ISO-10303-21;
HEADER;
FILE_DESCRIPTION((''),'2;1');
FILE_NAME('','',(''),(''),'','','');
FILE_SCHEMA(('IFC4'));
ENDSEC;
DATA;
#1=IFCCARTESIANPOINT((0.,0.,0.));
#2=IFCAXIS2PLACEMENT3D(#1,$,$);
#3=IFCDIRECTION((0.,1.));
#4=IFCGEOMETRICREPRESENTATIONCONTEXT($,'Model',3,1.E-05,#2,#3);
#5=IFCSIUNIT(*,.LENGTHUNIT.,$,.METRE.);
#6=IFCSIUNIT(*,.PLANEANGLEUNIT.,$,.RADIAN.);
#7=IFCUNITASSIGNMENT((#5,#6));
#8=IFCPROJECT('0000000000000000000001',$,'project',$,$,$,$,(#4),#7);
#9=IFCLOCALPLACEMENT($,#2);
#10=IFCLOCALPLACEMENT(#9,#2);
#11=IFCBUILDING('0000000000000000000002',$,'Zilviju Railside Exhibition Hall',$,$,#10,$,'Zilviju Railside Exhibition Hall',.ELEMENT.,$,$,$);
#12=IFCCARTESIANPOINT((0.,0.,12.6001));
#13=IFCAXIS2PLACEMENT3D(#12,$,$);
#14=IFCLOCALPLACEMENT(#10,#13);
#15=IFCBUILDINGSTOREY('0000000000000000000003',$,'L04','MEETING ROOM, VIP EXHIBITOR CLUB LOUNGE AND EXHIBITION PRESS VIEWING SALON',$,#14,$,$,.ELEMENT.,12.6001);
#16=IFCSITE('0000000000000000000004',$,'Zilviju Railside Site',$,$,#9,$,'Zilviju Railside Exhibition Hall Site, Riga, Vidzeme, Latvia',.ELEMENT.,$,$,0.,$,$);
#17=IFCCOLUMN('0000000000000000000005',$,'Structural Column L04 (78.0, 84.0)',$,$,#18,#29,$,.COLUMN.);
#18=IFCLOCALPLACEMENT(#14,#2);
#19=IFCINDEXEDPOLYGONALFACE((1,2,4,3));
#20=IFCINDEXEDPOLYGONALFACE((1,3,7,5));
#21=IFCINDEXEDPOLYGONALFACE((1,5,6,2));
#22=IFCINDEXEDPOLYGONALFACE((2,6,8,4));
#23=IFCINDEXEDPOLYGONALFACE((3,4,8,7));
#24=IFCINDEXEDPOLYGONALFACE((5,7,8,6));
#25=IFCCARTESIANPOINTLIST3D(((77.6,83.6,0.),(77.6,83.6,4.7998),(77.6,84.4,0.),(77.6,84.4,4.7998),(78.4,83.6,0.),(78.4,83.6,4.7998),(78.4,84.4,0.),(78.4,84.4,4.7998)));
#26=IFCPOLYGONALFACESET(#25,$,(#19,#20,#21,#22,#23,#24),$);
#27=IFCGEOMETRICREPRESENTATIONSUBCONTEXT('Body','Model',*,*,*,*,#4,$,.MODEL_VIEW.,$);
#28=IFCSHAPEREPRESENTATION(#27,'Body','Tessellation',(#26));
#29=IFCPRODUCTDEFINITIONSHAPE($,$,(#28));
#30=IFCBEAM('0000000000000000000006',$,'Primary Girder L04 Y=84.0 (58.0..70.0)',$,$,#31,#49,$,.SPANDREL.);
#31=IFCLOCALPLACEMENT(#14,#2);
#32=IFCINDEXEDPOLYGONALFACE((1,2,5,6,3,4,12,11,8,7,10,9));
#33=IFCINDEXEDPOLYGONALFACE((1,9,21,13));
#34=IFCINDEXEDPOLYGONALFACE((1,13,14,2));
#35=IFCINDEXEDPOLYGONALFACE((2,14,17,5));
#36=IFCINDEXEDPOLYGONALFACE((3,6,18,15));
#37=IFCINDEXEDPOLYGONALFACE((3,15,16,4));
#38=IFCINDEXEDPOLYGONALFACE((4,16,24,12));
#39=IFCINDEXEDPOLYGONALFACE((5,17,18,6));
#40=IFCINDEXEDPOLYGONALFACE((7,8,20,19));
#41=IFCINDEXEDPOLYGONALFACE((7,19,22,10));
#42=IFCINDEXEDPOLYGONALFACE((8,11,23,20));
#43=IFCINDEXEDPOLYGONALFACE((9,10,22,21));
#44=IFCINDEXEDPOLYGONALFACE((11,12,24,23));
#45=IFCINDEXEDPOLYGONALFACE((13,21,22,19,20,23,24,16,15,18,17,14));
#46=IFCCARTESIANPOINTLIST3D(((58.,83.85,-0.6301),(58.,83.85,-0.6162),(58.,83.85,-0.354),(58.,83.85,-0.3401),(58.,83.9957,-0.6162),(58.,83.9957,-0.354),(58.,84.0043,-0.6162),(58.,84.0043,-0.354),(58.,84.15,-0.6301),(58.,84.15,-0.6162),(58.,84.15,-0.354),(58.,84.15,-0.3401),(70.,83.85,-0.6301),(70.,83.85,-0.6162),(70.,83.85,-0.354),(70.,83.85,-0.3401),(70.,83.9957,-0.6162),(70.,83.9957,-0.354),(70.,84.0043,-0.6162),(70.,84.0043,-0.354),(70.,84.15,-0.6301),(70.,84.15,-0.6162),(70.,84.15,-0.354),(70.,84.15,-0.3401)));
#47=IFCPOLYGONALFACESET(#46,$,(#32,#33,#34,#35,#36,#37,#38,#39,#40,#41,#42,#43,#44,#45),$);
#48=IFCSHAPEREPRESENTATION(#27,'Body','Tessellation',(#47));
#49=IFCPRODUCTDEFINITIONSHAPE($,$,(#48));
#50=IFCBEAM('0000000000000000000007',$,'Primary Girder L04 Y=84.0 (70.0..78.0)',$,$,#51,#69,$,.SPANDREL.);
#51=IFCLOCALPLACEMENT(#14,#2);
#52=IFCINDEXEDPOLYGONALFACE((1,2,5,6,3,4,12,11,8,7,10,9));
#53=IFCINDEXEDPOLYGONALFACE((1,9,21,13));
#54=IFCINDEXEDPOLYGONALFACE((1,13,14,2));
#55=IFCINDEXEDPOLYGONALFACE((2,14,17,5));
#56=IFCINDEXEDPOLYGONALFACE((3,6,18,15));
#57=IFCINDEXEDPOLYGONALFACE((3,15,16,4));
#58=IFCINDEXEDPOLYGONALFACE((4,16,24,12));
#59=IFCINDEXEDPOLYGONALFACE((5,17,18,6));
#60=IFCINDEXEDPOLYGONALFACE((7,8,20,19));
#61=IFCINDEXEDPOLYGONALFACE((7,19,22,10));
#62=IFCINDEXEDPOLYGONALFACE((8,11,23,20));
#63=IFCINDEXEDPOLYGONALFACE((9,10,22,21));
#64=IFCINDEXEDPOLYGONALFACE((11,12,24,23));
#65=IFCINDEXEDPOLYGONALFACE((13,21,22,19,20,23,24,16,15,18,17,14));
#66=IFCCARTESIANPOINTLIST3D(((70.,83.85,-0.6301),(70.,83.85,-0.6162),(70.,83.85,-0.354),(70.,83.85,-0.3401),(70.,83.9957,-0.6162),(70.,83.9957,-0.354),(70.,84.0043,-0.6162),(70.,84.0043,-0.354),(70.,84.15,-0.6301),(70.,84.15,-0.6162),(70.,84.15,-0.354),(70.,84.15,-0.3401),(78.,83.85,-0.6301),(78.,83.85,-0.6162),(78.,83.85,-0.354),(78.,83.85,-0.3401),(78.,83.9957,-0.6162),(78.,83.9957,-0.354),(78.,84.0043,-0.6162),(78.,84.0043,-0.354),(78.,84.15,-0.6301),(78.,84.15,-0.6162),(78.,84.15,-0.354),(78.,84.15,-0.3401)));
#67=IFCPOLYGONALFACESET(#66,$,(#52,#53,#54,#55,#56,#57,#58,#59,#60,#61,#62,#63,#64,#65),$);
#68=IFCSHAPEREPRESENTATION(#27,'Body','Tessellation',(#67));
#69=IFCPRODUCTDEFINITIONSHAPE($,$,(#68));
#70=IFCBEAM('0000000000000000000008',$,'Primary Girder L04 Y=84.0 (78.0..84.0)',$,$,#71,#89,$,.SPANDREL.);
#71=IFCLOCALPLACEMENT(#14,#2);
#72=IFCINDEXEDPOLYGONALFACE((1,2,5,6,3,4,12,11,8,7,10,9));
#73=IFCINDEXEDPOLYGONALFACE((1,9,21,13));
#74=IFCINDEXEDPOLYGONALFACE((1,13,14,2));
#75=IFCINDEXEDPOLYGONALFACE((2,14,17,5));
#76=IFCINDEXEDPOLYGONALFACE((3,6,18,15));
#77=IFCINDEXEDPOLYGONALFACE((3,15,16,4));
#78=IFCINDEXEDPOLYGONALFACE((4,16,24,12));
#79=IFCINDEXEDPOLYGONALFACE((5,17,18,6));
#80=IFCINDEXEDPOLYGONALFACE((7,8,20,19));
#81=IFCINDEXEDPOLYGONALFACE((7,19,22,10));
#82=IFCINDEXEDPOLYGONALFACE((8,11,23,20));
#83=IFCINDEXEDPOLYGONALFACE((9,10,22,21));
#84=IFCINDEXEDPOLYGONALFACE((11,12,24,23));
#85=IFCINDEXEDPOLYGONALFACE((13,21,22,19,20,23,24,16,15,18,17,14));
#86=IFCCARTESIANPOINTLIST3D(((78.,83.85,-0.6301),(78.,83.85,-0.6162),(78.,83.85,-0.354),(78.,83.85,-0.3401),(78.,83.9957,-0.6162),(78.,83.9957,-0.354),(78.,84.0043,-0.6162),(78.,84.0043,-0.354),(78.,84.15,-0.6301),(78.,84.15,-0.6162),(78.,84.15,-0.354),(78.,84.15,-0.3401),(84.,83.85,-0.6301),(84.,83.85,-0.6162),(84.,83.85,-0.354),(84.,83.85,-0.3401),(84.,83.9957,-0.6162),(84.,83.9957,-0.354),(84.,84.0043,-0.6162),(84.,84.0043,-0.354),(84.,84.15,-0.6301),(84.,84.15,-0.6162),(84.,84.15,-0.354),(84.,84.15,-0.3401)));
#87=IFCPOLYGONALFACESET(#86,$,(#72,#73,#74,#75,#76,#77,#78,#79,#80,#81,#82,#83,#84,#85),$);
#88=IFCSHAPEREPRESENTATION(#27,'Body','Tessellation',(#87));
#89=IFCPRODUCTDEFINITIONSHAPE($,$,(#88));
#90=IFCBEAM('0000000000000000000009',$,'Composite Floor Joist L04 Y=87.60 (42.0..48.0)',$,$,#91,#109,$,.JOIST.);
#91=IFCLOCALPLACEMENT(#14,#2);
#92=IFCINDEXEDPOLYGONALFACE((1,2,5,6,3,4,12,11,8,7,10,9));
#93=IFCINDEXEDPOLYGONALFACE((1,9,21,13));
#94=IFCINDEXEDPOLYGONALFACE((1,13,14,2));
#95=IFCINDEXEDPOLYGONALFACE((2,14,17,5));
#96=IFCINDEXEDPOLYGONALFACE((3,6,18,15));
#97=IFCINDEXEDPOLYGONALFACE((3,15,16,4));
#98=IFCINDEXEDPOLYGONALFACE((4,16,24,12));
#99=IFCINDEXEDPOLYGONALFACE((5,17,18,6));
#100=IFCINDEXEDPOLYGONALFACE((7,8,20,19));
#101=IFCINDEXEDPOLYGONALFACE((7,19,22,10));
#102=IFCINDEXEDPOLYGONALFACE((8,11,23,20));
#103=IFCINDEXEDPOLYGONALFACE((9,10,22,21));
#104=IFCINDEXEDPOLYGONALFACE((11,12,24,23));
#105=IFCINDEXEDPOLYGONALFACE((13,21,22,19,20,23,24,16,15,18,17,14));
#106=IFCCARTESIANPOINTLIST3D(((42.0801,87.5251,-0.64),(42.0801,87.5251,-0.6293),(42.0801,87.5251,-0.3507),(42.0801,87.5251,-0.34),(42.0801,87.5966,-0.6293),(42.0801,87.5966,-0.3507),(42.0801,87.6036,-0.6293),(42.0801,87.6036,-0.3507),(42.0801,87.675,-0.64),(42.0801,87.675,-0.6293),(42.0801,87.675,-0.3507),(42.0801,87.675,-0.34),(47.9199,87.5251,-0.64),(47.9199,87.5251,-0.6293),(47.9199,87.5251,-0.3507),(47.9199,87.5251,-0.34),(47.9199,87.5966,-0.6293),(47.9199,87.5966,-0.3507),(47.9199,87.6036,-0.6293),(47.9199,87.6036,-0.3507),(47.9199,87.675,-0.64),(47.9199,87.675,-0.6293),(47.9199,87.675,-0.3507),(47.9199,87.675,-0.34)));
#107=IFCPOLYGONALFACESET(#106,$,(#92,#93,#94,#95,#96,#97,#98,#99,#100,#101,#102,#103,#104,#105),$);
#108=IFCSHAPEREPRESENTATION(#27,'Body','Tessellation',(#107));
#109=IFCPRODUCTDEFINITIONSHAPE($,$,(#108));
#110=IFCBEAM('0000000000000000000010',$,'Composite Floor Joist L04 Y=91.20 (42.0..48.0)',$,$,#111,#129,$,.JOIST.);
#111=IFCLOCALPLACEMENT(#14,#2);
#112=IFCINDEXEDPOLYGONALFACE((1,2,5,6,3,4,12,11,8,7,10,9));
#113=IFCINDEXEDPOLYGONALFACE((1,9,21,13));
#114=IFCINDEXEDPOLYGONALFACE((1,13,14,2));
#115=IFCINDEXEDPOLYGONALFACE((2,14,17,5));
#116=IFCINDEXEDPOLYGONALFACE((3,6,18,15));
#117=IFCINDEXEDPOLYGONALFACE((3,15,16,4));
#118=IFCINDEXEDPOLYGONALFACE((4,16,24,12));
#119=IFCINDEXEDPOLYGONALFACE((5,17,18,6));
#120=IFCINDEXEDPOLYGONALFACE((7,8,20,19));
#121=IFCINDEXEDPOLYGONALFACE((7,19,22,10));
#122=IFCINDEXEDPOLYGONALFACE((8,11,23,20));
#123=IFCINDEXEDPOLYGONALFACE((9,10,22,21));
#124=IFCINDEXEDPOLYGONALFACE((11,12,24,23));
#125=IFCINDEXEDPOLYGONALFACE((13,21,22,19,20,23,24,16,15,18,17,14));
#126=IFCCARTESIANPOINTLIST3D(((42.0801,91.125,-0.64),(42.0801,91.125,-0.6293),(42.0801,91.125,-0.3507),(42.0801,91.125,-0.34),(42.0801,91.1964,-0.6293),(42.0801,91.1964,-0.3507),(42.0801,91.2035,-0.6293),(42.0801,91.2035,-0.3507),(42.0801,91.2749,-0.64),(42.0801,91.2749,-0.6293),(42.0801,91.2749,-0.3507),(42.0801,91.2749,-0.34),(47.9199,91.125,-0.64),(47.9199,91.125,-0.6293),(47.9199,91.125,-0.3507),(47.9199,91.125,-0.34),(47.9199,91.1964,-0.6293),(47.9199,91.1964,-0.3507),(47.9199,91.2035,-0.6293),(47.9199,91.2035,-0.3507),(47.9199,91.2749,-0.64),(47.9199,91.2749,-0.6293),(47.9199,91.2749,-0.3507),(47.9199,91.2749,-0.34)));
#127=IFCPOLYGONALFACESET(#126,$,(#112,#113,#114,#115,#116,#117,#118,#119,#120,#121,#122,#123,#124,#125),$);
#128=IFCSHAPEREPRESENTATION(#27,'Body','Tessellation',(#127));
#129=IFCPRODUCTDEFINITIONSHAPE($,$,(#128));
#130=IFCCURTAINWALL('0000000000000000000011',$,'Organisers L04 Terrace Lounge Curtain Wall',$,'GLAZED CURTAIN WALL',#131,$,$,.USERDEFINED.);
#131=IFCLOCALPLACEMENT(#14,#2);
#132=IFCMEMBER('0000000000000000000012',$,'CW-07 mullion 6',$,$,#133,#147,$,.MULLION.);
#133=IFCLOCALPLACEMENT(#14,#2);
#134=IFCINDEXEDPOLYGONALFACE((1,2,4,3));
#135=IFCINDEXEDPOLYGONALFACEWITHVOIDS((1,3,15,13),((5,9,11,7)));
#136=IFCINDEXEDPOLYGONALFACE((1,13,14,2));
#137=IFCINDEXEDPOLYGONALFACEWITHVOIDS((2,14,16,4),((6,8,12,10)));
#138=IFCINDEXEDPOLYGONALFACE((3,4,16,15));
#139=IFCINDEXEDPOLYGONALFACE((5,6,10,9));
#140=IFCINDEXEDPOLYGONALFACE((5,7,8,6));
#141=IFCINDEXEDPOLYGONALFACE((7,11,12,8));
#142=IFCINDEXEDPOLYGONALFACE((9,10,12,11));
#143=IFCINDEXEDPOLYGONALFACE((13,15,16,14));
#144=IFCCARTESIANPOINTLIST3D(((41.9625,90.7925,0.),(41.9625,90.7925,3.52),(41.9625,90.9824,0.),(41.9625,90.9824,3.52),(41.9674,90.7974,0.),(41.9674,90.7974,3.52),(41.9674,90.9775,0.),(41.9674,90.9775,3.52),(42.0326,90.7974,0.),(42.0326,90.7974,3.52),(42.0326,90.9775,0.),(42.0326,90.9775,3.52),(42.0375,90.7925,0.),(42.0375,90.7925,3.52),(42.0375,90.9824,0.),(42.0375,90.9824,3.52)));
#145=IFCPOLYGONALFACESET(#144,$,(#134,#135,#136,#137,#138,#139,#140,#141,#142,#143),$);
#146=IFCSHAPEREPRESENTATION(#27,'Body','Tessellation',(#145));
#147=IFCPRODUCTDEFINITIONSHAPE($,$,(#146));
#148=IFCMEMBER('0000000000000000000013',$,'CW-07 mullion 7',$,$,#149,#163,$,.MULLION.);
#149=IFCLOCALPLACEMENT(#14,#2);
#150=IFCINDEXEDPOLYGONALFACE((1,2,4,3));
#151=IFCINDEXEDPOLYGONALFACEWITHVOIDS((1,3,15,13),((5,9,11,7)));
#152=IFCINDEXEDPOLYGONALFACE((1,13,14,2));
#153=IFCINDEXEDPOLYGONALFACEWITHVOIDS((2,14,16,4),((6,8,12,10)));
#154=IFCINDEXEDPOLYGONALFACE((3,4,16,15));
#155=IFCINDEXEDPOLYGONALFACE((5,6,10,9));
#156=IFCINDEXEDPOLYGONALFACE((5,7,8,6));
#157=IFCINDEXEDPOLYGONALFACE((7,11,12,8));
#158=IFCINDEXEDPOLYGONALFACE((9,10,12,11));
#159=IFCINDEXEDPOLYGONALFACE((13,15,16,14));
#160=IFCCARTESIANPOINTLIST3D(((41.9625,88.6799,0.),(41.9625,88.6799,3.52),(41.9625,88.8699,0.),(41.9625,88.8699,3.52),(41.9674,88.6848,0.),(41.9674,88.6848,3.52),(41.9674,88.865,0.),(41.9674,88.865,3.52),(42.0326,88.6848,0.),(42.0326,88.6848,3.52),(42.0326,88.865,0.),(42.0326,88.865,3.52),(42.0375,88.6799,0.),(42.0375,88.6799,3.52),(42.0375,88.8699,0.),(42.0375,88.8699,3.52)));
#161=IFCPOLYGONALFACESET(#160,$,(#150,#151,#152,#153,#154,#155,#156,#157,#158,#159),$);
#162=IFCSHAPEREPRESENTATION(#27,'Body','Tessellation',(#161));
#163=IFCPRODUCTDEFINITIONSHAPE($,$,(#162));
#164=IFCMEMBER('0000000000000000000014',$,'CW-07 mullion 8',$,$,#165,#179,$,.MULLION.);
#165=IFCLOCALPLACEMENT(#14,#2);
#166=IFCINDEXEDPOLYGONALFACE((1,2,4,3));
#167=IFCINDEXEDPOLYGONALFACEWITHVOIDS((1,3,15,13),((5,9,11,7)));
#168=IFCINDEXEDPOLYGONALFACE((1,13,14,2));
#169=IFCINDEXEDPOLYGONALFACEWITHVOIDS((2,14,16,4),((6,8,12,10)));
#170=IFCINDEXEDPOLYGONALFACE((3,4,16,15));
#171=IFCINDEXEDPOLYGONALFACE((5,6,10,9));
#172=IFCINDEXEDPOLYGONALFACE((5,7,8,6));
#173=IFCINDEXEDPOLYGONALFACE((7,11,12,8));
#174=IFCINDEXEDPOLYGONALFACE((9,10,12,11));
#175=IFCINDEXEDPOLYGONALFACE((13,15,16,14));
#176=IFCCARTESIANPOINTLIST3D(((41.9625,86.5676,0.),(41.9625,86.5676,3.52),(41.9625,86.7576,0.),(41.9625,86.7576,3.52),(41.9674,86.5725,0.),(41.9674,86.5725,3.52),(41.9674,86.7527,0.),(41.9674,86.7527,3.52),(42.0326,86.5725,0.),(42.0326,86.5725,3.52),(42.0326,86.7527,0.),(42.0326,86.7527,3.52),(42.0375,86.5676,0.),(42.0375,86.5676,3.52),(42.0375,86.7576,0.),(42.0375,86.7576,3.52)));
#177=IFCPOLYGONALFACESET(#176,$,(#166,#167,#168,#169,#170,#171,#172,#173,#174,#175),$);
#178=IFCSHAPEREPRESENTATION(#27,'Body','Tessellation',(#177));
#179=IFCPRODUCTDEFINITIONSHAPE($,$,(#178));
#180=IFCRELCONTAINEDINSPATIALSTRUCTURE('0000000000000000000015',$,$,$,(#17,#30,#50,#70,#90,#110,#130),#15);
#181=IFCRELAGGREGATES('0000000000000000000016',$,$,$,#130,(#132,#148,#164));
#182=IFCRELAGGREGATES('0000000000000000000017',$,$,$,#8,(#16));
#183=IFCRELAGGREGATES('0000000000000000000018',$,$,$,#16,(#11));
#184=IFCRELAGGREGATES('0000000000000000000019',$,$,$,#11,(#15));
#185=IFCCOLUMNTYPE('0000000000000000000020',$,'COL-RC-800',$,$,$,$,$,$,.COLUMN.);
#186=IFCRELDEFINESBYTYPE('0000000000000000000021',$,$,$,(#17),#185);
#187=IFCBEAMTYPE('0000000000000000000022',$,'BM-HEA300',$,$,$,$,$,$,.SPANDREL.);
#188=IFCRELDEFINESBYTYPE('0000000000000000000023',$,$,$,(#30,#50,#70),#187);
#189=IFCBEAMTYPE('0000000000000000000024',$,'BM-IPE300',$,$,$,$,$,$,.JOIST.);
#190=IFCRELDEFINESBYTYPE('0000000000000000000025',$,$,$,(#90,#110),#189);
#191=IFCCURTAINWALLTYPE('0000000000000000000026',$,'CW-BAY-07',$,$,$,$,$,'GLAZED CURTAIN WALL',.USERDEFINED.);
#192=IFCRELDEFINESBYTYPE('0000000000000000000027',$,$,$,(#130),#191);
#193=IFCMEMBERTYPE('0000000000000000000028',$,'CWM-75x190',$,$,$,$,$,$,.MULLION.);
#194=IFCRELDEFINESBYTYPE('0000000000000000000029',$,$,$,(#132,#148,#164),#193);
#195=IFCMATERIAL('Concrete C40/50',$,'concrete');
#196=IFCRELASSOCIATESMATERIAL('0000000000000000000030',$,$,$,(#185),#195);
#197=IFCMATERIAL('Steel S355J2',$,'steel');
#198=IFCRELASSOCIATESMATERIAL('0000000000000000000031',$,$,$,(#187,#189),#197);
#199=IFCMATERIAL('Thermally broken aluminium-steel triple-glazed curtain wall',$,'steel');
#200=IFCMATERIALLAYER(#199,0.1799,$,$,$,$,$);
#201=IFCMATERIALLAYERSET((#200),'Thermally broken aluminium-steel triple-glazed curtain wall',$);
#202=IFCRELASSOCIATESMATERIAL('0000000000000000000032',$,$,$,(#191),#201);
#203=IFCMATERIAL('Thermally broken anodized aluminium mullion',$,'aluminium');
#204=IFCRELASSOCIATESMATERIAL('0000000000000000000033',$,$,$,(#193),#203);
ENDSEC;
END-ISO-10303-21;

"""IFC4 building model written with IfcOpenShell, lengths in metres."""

from ifc_helpers import new_model, si_unit, direction, frame, origin, origin_2d, place, context, subcontext, project, spatial, rectangle, hollow_rectangle, i_section, extrude, material, layer, layer_set, material_profile, profile_set, type_object, element, aggregate, save


model = new_model("IFC4")

# Units and contexts
model_context = context("Model", 3, precision=1e-05, world=origin(), true_north=direction((0.0, 1.0)))
body_context = subcontext(model_context, "Body", "Model", "MODEL_VIEW")
ifc_project = project(units=[si_unit("LENGTHUNIT", "METRE"), si_unit("PLANEANGLEUNIT", "RADIAN")], contexts=[model_context])

# Site, building, storey
site_placement = place(None, origin())
site = spatial("IfcSite", under=ifc_project, at=site_placement, Name="Zilviju Railside Site", LongName="Zilviju Railside Exhibition Hall Site, Riga, Vidzeme, Latvia", CompositionType="ELEMENT", RefElevation=0.0)
building_placement = place(site_placement, origin())
building = spatial("IfcBuilding", under=site, at=building_placement, Name="Zilviju Railside Exhibition Hall", LongName="Zilviju Railside Exhibition Hall", CompositionType="ELEMENT")
storey_placement = place(building_placement, frame((0.0, 0.0, 12.6001)))
storey = spatial("IfcBuildingStorey", under=building, at=storey_placement, Name="L04", Description="MEETING ROOM, VIP EXHIBITOR CLUB LOUNGE AND EXHIBITION PRESS VIEWING SALON", CompositionType="ELEMENT", Elevation=12.6001)

# Column
ifc_material_1 = material(Name="Concrete C40/50", Category="concrete")
ifc_material_profile_1 = material_profile(ifc_material_1, rectangle(XDim=0.8, YDim=0.8, at=origin_2d()), Name="RC COL 800x800")
ifc_profile_set_1 = profile_set([ifc_material_profile_1], Name="Concrete C40/50")
column_type = type_object("IfcColumnType", Name="COL-RC-800", PredefinedType="COLUMN", material=ifc_profile_set_1)
column_placement = place(storey_placement, frame((78.0, 84.0, 0.0), z_axis=(0.0, 0.0, 1.0), x_axis=(1.0, 0.0, 0.0)))
element("IfcColumn", 1, at=column_placement, inside=storey, type_object=column_type, Name="Structural Column L04 (78.0, 84.0)", PredefinedType="COLUMN", context=body_context, shape_type="SweptSolid", body=[
    extrude(rectangle(XDim=0.8, YDim=0.8, at=origin_2d()), origin(), (0.0, 0.0, 1.0), 4.7998),
])

# Beams
ifc_material_2 = material(Name="Steel S355J2", Category="steel")
ifc_material_profile_2 = material_profile(ifc_material_2, i_section(OverallWidth=0.3, OverallDepth=0.29, WebThickness=0.0085, FlangeThickness=0.0139, at=origin_2d()), Name="HEA 300")
ifc_profile_set_2 = profile_set([ifc_material_profile_2], Name="Steel S355J2")
beam_type_1 = type_object("IfcBeamType", Name="BM-HEA300", PredefinedType="SPANDREL", material=ifc_profile_set_2)
beam_1_placement = place(storey_placement, frame((58.0, 84.0, -0.4851), z_axis=(1.0, 0.0, 0.0), x_axis=(0.0, 1.0, 0.0)))
element("IfcBeam", 2, at=beam_1_placement, inside=storey, type_object=beam_type_1, Name="Primary Girder L04 Y=84.0 (58.0..70.0)", PredefinedType="SPANDREL", context=body_context, shape_type="SweptSolid", body=[
    extrude(i_section(OverallWidth=0.3, OverallDepth=0.29, WebThickness=0.0085, FlangeThickness=0.0139, at=origin_2d()), origin(), (0.0, 0.0, 1.0), 12.0),
])
beam_2_placement = place(storey_placement, frame((70.0, 84.0, -0.4851), z_axis=(1.0, 0.0, 0.0), x_axis=(0.0, 1.0, 0.0)))
element("IfcBeam", 3, at=beam_2_placement, inside=storey, type_object=beam_type_1, Name="Primary Girder L04 Y=84.0 (70.0..78.0)", PredefinedType="SPANDREL", context=body_context, shape_type="SweptSolid", body=[
    extrude(i_section(OverallWidth=0.3, OverallDepth=0.29, WebThickness=0.0085, FlangeThickness=0.0139, at=origin_2d()), origin(), (0.0, 0.0, 1.0), 8.0),
])
beam_3_placement = place(storey_placement, frame((78.0, 84.0, -0.4851), z_axis=(1.0, 0.0, 0.0), x_axis=(0.0, 1.0, 0.0)))
element("IfcBeam", 4, at=beam_3_placement, inside=storey, type_object=beam_type_1, Name="Primary Girder L04 Y=84.0 (78.0..84.0)", PredefinedType="SPANDREL", context=body_context, shape_type="SweptSolid", body=[
    extrude(i_section(OverallWidth=0.3, OverallDepth=0.29, WebThickness=0.0085, FlangeThickness=0.0139, at=origin_2d()), origin(), (0.0, 0.0, 1.0), 6.0),
])
ifc_material_profile_3 = material_profile(ifc_material_2, i_section(OverallWidth=0.1499, OverallDepth=0.3, WebThickness=0.0071, FlangeThickness=0.0107, at=origin_2d()), Name="IPE 300")
ifc_profile_set_3 = profile_set([ifc_material_profile_3], Name="Steel S355J2")
beam_type_2 = type_object("IfcBeamType", Name="BM-IPE300", PredefinedType="JOIST", material=ifc_profile_set_3)
for number, where, z_axis, x_axis, name in (
    (5, (42.0801, 87.6001, -0.49), (1.0, 0.0, 0.0), (0.0, 1.0, 0.0), "Composite Floor Joist L04 Y=87.60 (42.0..48.0)"),
    (6, (42.0801, 91.2, -0.49), (1.0, 0.0, 0.0), (0.0, 1.0, 0.0), "Composite Floor Joist L04 Y=91.20 (42.0..48.0)"),
):
    element("IfcBeam", number, at=place(storey_placement, frame(where, z_axis=z_axis, x_axis=x_axis)), inside=storey, type_object=beam_type_2, Name=name, PredefinedType="JOIST", context=body_context, shape_type="SweptSolid", body=[
        extrude(i_section(OverallWidth=0.1499, OverallDepth=0.3, WebThickness=0.0071, FlangeThickness=0.0107, at=origin_2d()), origin(), (0.0, 0.0, 1.0), 5.8398),
    ])

# Curtain wall, members
ifc_material_3 = material(Name="Thermally broken aluminium-steel triple-glazed curtain wall", Category="steel")
ifc_layer_1 = layer(ifc_material_3, 0.1799)
ifc_layer_set_1 = layer_set([ifc_layer_1], Name="Thermally broken aluminium-steel triple-glazed curtain wall")
curtain_wall_type = type_object("IfcCurtainWallType", Name="CW-BAY-07", ElementType="GLAZED CURTAIN WALL", PredefinedType="USERDEFINED", material=ifc_layer_set_1)
curtain_wall_placement = place(storey_placement, origin())
curtain_wall = element("IfcCurtainWall", 7, at=curtain_wall_placement, inside=storey, type_object=curtain_wall_type, Name="Organisers L04 Terrace Lounge Curtain Wall", ObjectType="GLAZED CURTAIN WALL", PredefinedType="USERDEFINED")
ifc_material_4 = material(Name="Thermally broken anodized aluminium mullion", Category="aluminium")
ifc_material_profile_4 = material_profile(ifc_material_4, hollow_rectangle(XDim=0.075, YDim=0.1899, WallThickness=0.0049, at=origin_2d()), Name="MULLION 190x75x5")
ifc_profile_set_4 = profile_set([ifc_material_profile_4], Name="Thermally broken anodized aluminium mullion")
member_type_1 = type_object("IfcMemberType", Name="CWM-75x190", PredefinedType="MULLION", material=ifc_profile_set_4)
member_1_placement = place(storey_placement, frame((42.0, 90.8875, 0.0), z_axis=(0.0, 0.0, 1.0), x_axis=(1.0, 0.0, 0.0)))
member_1 = element("IfcMember", 8, at=member_1_placement, type_object=member_type_1, Name="CW-07 mullion 6", PredefinedType="MULLION", context=body_context, shape_type="SweptSolid", body=[
    extrude(hollow_rectangle(XDim=0.075, YDim=0.1899, WallThickness=0.0049, at=origin_2d()), origin(), (0.0, 0.0, 1.0), 3.52),
])
member_2_placement = place(storey_placement, frame((42.0, 88.7749, 0.0), z_axis=(0.0, 0.0, 1.0), x_axis=(1.0, 0.0, 0.0)))
member_2 = element("IfcMember", 9, at=member_2_placement, type_object=member_type_1, Name="CW-07 mullion 7", PredefinedType="MULLION", context=body_context, shape_type="SweptSolid", body=[
    extrude(hollow_rectangle(XDim=0.075, YDim=0.1899, WallThickness=0.0049, at=origin_2d()), origin(), (0.0, 0.0, 1.0), 3.52),
])
member_3_placement = place(storey_placement, frame((42.0, 86.6626, 0.0), z_axis=(0.0, 0.0, 1.0), x_axis=(1.0, 0.0, 0.0)))
member_3 = element("IfcMember", 10, at=member_3_placement, type_object=member_type_1, Name="CW-07 mullion 8", PredefinedType="MULLION", context=body_context, shape_type="SweptSolid", body=[
    extrude(hollow_rectangle(XDim=0.075, YDim=0.1899, WallThickness=0.0049, at=origin_2d()), origin(), (0.0, 0.0, 1.0), 3.52),
])
aggregate(curtain_wall, [member_1, member_2, member_3])

save(model, "model.ifc")
